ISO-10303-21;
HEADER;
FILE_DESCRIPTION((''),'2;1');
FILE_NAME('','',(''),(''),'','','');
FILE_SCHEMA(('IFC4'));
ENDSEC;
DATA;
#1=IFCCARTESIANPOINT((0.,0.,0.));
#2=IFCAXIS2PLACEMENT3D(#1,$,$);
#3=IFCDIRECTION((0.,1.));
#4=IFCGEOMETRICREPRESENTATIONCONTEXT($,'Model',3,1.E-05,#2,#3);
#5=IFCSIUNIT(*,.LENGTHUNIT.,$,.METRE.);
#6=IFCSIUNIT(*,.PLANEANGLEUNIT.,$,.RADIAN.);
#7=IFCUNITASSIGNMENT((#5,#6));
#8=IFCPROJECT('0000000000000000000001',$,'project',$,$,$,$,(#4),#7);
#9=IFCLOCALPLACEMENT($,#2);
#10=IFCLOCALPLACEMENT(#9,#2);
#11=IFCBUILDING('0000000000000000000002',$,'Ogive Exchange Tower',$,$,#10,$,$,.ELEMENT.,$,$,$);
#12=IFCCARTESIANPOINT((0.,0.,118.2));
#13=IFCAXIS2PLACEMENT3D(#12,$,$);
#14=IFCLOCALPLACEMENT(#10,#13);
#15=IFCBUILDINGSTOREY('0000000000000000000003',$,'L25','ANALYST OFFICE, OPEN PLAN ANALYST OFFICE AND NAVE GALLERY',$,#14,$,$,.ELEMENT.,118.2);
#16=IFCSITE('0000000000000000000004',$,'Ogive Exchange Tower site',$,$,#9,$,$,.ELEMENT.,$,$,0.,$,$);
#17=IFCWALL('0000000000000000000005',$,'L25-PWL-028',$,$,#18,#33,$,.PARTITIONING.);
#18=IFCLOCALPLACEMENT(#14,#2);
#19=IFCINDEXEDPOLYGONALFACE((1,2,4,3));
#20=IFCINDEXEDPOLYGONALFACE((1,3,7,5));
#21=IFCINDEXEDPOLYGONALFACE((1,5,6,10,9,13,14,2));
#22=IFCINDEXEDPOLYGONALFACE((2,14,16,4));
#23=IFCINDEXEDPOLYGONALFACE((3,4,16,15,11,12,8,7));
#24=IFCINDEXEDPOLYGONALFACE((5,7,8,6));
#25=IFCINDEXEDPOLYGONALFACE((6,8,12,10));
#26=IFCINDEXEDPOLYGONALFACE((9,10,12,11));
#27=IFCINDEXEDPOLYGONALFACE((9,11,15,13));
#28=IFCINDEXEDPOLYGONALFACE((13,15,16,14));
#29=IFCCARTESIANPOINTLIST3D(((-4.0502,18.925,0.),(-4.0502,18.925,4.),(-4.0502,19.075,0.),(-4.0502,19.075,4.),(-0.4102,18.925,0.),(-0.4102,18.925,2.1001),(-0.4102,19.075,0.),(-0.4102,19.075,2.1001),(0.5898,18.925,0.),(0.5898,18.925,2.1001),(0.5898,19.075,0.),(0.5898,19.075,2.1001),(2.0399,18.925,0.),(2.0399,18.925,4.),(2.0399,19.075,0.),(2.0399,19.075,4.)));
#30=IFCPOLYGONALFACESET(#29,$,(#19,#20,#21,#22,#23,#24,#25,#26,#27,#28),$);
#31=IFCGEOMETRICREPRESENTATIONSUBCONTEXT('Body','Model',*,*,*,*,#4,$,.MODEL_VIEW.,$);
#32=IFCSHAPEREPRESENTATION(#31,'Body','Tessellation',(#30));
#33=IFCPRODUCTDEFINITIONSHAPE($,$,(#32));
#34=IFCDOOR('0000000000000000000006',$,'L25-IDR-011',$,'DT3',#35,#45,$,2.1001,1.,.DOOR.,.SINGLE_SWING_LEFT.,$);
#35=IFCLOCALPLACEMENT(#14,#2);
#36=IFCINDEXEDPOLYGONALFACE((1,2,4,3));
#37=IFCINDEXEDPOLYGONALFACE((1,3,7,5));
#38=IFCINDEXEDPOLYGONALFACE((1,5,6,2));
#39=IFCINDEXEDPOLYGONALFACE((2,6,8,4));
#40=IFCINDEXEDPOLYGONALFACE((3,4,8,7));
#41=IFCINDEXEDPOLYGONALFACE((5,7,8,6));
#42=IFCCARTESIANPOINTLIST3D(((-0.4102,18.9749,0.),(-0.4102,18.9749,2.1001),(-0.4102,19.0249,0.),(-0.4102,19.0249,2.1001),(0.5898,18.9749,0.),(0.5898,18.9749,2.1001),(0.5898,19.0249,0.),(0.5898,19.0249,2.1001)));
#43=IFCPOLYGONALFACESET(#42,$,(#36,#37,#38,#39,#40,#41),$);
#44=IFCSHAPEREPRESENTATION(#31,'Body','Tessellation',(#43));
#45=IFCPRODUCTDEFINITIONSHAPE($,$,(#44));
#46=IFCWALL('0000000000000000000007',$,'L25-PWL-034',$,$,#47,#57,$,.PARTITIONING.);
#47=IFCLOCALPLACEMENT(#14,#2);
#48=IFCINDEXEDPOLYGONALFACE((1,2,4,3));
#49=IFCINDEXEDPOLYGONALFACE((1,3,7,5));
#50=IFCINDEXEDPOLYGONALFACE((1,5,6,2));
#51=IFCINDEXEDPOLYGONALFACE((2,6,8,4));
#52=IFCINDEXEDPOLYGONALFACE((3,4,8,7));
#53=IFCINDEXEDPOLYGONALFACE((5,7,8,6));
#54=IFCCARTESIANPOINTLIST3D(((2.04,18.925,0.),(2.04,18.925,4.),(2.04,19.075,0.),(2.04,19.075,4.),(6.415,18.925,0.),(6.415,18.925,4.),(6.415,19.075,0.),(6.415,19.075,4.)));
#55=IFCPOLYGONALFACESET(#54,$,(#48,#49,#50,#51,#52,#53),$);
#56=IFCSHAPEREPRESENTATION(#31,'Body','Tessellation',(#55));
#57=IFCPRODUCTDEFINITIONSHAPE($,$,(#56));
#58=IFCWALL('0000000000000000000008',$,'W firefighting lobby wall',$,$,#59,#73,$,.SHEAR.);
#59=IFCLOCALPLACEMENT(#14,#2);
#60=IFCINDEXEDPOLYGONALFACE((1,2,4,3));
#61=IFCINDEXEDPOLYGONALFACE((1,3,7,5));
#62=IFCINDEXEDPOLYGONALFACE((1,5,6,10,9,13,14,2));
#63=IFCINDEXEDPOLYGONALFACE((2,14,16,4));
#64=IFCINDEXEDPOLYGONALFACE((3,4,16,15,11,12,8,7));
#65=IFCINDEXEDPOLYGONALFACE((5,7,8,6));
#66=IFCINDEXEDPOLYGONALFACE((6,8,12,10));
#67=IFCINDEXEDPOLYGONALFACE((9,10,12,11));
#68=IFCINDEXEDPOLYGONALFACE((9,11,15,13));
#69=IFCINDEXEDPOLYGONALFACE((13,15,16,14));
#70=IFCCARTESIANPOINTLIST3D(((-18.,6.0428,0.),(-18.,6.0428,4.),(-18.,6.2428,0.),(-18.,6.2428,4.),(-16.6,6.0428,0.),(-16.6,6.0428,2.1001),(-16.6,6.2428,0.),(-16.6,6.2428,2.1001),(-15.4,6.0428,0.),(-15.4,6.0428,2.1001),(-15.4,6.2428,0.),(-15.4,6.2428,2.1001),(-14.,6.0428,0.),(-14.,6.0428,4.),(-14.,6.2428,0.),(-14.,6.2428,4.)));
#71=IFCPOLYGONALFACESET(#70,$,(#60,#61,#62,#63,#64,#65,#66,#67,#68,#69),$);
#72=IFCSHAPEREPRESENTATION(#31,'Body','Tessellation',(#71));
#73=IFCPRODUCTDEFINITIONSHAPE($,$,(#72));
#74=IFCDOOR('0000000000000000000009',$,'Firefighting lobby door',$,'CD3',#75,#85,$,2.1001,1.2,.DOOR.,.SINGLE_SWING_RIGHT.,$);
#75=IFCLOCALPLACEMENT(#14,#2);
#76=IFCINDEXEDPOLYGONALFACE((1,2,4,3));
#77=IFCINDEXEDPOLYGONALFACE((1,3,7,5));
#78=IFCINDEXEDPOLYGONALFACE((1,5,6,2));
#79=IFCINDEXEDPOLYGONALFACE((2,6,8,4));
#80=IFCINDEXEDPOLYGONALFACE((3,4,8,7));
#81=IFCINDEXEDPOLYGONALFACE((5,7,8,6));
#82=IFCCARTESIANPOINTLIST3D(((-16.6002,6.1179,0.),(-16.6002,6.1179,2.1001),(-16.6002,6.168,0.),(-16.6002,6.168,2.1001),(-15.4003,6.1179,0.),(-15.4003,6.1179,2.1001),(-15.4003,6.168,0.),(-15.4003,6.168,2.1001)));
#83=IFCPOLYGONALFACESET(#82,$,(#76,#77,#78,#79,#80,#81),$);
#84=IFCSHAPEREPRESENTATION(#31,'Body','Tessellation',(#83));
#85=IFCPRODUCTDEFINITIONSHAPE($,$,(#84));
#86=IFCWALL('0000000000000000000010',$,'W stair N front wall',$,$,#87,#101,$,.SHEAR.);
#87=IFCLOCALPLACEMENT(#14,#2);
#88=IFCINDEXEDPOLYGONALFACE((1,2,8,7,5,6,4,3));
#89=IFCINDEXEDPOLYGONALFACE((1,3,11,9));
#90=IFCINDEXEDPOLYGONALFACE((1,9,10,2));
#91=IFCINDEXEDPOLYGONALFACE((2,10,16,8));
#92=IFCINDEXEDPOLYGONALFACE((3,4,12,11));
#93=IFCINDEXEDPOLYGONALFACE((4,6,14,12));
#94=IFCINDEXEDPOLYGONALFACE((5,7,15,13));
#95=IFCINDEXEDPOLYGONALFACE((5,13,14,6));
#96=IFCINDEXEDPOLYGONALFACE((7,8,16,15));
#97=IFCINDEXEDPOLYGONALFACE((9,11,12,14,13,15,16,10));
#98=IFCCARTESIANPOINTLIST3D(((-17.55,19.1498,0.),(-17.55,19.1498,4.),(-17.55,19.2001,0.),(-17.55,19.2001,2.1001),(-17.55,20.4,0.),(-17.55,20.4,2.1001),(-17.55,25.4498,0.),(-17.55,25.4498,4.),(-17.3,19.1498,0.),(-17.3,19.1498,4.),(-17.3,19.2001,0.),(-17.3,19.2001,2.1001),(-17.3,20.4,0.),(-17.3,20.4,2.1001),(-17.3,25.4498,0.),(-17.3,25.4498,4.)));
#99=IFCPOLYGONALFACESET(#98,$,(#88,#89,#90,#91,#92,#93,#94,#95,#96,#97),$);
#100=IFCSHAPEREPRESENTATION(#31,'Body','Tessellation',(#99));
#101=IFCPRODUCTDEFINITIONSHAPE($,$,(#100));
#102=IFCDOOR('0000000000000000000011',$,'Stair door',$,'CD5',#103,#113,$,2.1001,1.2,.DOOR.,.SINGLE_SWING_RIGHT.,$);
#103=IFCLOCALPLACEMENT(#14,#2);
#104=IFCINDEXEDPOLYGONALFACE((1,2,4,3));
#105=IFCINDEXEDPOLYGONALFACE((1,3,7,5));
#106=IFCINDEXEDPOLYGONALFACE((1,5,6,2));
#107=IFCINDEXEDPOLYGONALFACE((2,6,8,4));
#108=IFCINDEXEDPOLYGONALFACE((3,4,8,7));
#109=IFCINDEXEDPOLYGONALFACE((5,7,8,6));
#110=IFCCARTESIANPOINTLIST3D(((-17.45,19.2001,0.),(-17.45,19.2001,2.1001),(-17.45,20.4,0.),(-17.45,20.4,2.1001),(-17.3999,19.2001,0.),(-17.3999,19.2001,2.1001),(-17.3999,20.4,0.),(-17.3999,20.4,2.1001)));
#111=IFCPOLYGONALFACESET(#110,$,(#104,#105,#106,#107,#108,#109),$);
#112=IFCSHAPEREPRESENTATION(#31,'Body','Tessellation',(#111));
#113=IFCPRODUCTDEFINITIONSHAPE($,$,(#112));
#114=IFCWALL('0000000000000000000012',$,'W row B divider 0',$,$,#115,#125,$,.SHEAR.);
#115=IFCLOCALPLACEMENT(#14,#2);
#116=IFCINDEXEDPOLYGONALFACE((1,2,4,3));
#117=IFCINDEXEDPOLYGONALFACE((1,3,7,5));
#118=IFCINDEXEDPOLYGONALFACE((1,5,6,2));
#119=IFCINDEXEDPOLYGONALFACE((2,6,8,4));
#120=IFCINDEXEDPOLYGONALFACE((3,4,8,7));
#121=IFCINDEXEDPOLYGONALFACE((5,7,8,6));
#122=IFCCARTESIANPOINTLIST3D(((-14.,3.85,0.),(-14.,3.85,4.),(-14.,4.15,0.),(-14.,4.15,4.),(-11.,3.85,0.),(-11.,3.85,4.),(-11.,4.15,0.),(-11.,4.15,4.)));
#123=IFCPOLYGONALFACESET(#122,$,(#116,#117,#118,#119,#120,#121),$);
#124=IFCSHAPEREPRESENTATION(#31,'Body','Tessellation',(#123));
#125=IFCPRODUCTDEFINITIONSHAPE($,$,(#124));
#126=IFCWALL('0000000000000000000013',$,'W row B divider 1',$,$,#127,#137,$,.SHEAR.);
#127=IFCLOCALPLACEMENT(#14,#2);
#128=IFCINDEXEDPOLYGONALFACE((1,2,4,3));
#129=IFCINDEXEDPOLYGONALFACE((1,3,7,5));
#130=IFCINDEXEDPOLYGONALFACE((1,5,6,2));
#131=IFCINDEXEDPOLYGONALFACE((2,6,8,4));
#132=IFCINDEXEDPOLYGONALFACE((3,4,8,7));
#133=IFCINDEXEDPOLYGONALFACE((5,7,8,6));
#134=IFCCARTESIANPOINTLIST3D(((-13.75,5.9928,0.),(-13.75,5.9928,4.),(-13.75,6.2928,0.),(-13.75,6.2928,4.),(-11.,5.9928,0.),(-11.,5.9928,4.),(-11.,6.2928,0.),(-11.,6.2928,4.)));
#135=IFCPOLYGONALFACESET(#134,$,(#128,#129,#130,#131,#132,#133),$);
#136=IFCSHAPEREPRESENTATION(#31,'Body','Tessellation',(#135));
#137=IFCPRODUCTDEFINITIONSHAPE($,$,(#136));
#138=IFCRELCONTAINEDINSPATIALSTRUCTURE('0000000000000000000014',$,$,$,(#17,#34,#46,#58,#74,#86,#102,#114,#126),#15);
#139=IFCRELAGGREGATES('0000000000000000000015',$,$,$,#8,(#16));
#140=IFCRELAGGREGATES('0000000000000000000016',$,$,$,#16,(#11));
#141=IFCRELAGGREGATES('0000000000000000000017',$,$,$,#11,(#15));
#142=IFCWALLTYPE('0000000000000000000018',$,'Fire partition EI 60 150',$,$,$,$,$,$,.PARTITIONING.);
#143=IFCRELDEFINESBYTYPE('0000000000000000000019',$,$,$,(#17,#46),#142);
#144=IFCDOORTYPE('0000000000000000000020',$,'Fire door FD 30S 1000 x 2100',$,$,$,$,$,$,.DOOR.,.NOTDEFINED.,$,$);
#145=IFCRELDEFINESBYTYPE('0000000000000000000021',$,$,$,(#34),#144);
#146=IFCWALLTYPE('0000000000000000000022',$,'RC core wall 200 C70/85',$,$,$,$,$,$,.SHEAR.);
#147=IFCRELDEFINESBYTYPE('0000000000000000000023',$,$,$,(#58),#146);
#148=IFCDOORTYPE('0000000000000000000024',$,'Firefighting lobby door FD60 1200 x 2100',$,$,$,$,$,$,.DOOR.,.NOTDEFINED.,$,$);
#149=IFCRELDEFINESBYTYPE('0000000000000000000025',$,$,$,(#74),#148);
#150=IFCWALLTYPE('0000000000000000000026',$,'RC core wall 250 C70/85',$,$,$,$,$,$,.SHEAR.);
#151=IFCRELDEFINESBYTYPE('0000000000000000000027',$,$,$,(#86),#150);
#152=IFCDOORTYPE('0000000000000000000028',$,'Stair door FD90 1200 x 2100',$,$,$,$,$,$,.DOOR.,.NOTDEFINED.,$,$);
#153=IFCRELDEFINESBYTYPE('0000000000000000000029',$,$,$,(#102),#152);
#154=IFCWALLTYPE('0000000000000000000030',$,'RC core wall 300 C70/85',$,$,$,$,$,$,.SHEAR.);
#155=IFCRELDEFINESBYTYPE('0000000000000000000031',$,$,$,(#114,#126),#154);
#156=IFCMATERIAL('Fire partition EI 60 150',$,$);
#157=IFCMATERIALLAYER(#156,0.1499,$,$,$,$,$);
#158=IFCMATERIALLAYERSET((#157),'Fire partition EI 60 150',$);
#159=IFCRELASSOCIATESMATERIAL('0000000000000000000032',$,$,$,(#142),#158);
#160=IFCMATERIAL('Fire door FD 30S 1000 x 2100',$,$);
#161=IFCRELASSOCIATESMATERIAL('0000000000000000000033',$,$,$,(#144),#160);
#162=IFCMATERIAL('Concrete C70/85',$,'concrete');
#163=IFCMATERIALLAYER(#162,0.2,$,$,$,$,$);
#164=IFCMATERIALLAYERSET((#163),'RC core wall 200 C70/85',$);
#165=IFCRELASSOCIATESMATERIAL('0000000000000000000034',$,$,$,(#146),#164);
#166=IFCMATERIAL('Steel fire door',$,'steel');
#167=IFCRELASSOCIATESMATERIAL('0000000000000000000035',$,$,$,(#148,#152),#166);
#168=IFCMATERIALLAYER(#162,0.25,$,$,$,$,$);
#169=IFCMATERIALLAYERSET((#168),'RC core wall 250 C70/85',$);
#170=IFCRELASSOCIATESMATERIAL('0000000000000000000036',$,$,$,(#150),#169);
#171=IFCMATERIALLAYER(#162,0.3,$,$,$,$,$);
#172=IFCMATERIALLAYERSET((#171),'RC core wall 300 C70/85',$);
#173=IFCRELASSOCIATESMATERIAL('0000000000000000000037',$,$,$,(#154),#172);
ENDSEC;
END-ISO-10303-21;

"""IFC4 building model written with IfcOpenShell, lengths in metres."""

from ifc_helpers import new_model, si_unit, direction, frame, frame_2d, origin, place, context, subcontext, project, spatial, rectangle, extrude, material, layer, layer_set, type_object, element, fill, save


model = new_model("IFC4")

# Units and contexts
model_context = context("Model", 3, precision=1e-05, world=origin(), true_north=direction((0.0, 1.0)))
body_context = subcontext(model_context, "Body", "Model", "MODEL_VIEW")
ifc_project = project(units=[si_unit("LENGTHUNIT", "METRE"), si_unit("PLANEANGLEUNIT", "RADIAN")], contexts=[model_context])

# Site, building, storey
site_placement = place(None, origin())
site = spatial("IfcSite", under=ifc_project, at=site_placement, Name="Ogive Exchange Tower site", CompositionType="ELEMENT", RefElevation=0.0)
building_placement = place(site_placement, origin())
building = spatial("IfcBuilding", under=site, at=building_placement, Name="Ogive Exchange Tower", CompositionType="ELEMENT")
storey_placement = place(building_placement, frame((0.0, 0.0, 118.2)))
storey = spatial("IfcBuildingStorey", under=building, at=storey_placement, Name="L25", Description="ANALYST OFFICE, OPEN PLAN ANALYST OFFICE AND NAVE GALLERY", CompositionType="ELEMENT", Elevation=118.2)

# Shared definitions
ifc_material_1 = material(Name="Fire partition EI 60 150")
ifc_layer_1 = layer(ifc_material_1, 0.1499)
ifc_layer_set_1 = layer_set([ifc_layer_1], Name="Fire partition EI 60 150")
wall_type_1 = type_object("IfcWallType", Name="Fire partition EI 60 150", PredefinedType="PARTITIONING", material=ifc_layer_set_1)

# Wall, opening, door
wall_1_placement = place(storey_placement, frame((-4.05, 19.0, 0.0), z_axis=(0.0, 0.0, 1.0), x_axis=(1.0, 0.0, 0.0)))
wall_1 = element("IfcWall", 1, at=wall_1_placement, inside=storey, type_object=wall_type_1, Name="L25-PWL-028", PredefinedType="PARTITIONING", context=body_context, shape_type="SweptSolid", body=[
    extrude(rectangle(XDim=6.0901, YDim=0.1499, at=frame_2d((3.0449, 0.0))), origin(), (0.0, 0.0, 1.0), 4.0),
])
opening_1_placement = place(wall_1_placement, frame((3.6399, 0.0, 0.0)))
opening_1 = element("IfcOpeningElement", 2, at=opening_1_placement, cuts=wall_1, PredefinedType="OPENING", context=body_context, shape_type="SweptSolid", body=[
    extrude(rectangle(XDim=1.0, YDim=2.1001, at=frame_2d((0.5, 1.05))), frame((0.0, 0.085, 0.0), z_axis=(0.0, -1.0, 0.0), x_axis=(1.0, 0.0, 0.0)), (0.0, 0.0, 1.0), 0.1699),
])
ifc_material_2 = material(Name="Fire door FD 30S 1000 x 2100")
door_type_1 = type_object("IfcDoorType", Name="Fire door FD 30S 1000 x 2100", OperationType="NOTDEFINED", PredefinedType="DOOR", material=ifc_material_2)
door_1_placement = place(opening_1_placement, origin())
door_1 = element("IfcDoor", 3, at=door_1_placement, inside=storey, type_object=door_type_1, Name="L25-IDR-011", ObjectType="DT3", OperationType="SINGLE_SWING_LEFT", OverallHeight=2.1001, OverallWidth=1.0, PredefinedType="DOOR", context=body_context, shape_type="SweptSolid", body=[
    extrude(rectangle(XDim=1.0, YDim=2.1001, at=frame_2d((0.5, 1.05))), frame((0.0, 0.0249, 0.0), z_axis=(0.0, -1.0, 0.0), x_axis=(1.0, 0.0, 0.0)), (0.0, 0.0, 1.0), 0.05),
])
fill(opening_1, door_1)

# Wall
wall_2_placement = place(storey_placement, frame((2.04, 19.0, 0.0), z_axis=(0.0, 0.0, 1.0), x_axis=(1.0, 0.0, 0.0)))
element("IfcWall", 4, at=wall_2_placement, inside=storey, type_object=wall_type_1, Name="L25-PWL-034", PredefinedType="PARTITIONING", context=body_context, shape_type="SweptSolid", body=[
    extrude(rectangle(XDim=4.375, YDim=0.1499, at=frame_2d((2.1875, 0.0))), origin(), (0.0, 0.0, 1.0), 4.0),
])

# Walls, openings, doors
ifc_material_3 = material(Name="Concrete C70/85", Category="concrete")
ifc_layer_2 = layer(ifc_material_3, 0.2)
ifc_layer_set_2 = layer_set([ifc_layer_2], Name="RC core wall 200 C70/85")
wall_type_2 = type_object("IfcWallType", Name="RC core wall 200 C70/85", PredefinedType="SHEAR", material=ifc_layer_set_2)
wall_3_placement = place(storey_placement, frame((-18.0, 6.1428, 0.0), z_axis=(0.0, 0.0, 1.0), x_axis=(1.0, 0.0, 0.0)))
wall_3 = element("IfcWall", 5, at=wall_3_placement, inside=storey, type_object=wall_type_2, Name="W firefighting lobby wall", PredefinedType="SHEAR", context=body_context, shape_type="SweptSolid", body=[
    extrude(rectangle(XDim=4.0, YDim=0.2, at=frame_2d((2.0, 0.0))), origin(), (0.0, 0.0, 1.0), 4.0),
])
opening_2_placement = place(wall_3_placement, frame((1.3999, 0.0, 0.0)))
opening_2 = element("IfcOpeningElement", 6, at=opening_2_placement, cuts=wall_3, PredefinedType="OPENING", context=body_context, shape_type="SweptSolid", body=[
    extrude(rectangle(XDim=1.2, YDim=2.1001, at=frame_2d((0.6001, 1.05))), frame((0.0, 0.1099, 0.0), z_axis=(0.0, -1.0, 0.0), x_axis=(1.0, 0.0, 0.0)), (0.0, 0.0, 1.0), 0.22),
])
ifc_material_4 = material(Name="Steel fire door", Category="steel")
door_type_2 = type_object("IfcDoorType", Name="Firefighting lobby door FD60 1200 x 2100", OperationType="NOTDEFINED", PredefinedType="DOOR", material=ifc_material_4)
door_2_placement = place(opening_2_placement, frame((1.2, 0.0, 0.0), z_axis=(0.0, 0.0, 1.0), x_axis=(-1.0, 0.0, 0.0)))
door_2 = element("IfcDoor", 7, at=door_2_placement, inside=storey, type_object=door_type_2, Name="Firefighting lobby door", ObjectType="CD3", OperationType="SINGLE_SWING_RIGHT", OverallHeight=2.1001, OverallWidth=1.2, PredefinedType="DOOR", context=body_context, shape_type="SweptSolid", body=[
    extrude(rectangle(XDim=1.2, YDim=2.1001, at=frame_2d((0.6001, 1.05))), frame((0.0, 0.0249, 0.0), z_axis=(0.0, -1.0, 0.0), x_axis=(1.0, 0.0, 0.0)), (0.0, 0.0, 1.0), 0.05),
])
fill(opening_2, door_2)
ifc_layer_3 = layer(ifc_material_3, 0.25)
ifc_layer_set_3 = layer_set([ifc_layer_3], Name="RC core wall 250 C70/85")
wall_type_3 = type_object("IfcWallType", Name="RC core wall 250 C70/85", PredefinedType="SHEAR", material=ifc_layer_set_3)
wall_4_placement = place(storey_placement, frame((-17.425, 19.1499, 0.0), z_axis=(0.0, 0.0, 1.0), x_axis=(0.0, 1.0, 0.0)))
wall_4 = element("IfcWall", 8, at=wall_4_placement, inside=storey, type_object=wall_type_3, Name="W stair N front wall", PredefinedType="SHEAR", context=body_context, shape_type="SweptSolid", body=[
    extrude(rectangle(XDim=6.3, YDim=0.25, at=frame_2d((3.1499, 0.0))), origin(), (0.0, 0.0, 1.0), 4.0),
])
opening_3_placement = place(wall_4_placement, frame((0.05, 0.0, 0.0)))
opening_3 = element("IfcOpeningElement", 9, at=opening_3_placement, cuts=wall_4, PredefinedType="OPENING", context=body_context, shape_type="SweptSolid", body=[
    extrude(rectangle(XDim=1.2, YDim=2.1001, at=frame_2d((0.6001, 1.05))), frame((0.0, 0.135, 0.0), z_axis=(0.0, -1.0, 0.0), x_axis=(1.0, 0.0, 0.0)), (0.0, 0.0, 1.0), 0.27),
])
door_type_3 = type_object("IfcDoorType", Name="Stair door FD90 1200 x 2100", OperationType="NOTDEFINED", PredefinedType="DOOR", material=ifc_material_4)
door_3_placement = place(opening_3_placement, origin())
door_3 = element("IfcDoor", 10, at=door_3_placement, inside=storey, type_object=door_type_3, Name="Stair door", ObjectType="CD5", OperationType="SINGLE_SWING_RIGHT", OverallHeight=2.1001, OverallWidth=1.2, PredefinedType="DOOR", context=body_context, shape_type="SweptSolid", body=[
    extrude(rectangle(XDim=1.2, YDim=2.1001, at=frame_2d((0.6001, 1.05))), frame((0.0, 0.0249, 0.0), z_axis=(0.0, -1.0, 0.0), x_axis=(1.0, 0.0, 0.0)), (0.0, 0.0, 1.0), 0.05),
])
fill(opening_3, door_3)

# Walls
ifc_layer_4 = layer(ifc_material_3, 0.3)
ifc_layer_set_4 = layer_set([ifc_layer_4], Name="RC core wall 300 C70/85")
wall_type_4 = type_object("IfcWallType", Name="RC core wall 300 C70/85", PredefinedType="SHEAR", material=ifc_layer_set_4)
wall_5_placement = place(storey_placement, frame((-14.0, 4.0, 0.0), z_axis=(0.0, 0.0, 1.0), x_axis=(1.0, 0.0, 0.0)))
element("IfcWall", 11, at=wall_5_placement, inside=storey, type_object=wall_type_4, Name="W row B divider 0", PredefinedType="SHEAR", context=body_context, shape_type="SweptSolid", body=[
    extrude(rectangle(XDim=3.0, YDim=0.3, at=frame_2d((1.5, 0.0))), origin(), (0.0, 0.0, 1.0), 4.0),
])
wall_6_placement = place(storey_placement, frame((-13.75, 6.1428, 0.0), z_axis=(0.0, 0.0, 1.0), x_axis=(1.0, 0.0, 0.0)))
element("IfcWall", 12, at=wall_6_placement, inside=storey, type_object=wall_type_4, Name="W row B divider 1", PredefinedType="SHEAR", context=body_context, shape_type="SweptSolid", body=[
    extrude(rectangle(XDim=2.75, YDim=0.3, at=frame_2d((1.375, 0.0))), origin(), (0.0, 0.0, 1.0), 4.0),
])

save(model, "model.ifc")
